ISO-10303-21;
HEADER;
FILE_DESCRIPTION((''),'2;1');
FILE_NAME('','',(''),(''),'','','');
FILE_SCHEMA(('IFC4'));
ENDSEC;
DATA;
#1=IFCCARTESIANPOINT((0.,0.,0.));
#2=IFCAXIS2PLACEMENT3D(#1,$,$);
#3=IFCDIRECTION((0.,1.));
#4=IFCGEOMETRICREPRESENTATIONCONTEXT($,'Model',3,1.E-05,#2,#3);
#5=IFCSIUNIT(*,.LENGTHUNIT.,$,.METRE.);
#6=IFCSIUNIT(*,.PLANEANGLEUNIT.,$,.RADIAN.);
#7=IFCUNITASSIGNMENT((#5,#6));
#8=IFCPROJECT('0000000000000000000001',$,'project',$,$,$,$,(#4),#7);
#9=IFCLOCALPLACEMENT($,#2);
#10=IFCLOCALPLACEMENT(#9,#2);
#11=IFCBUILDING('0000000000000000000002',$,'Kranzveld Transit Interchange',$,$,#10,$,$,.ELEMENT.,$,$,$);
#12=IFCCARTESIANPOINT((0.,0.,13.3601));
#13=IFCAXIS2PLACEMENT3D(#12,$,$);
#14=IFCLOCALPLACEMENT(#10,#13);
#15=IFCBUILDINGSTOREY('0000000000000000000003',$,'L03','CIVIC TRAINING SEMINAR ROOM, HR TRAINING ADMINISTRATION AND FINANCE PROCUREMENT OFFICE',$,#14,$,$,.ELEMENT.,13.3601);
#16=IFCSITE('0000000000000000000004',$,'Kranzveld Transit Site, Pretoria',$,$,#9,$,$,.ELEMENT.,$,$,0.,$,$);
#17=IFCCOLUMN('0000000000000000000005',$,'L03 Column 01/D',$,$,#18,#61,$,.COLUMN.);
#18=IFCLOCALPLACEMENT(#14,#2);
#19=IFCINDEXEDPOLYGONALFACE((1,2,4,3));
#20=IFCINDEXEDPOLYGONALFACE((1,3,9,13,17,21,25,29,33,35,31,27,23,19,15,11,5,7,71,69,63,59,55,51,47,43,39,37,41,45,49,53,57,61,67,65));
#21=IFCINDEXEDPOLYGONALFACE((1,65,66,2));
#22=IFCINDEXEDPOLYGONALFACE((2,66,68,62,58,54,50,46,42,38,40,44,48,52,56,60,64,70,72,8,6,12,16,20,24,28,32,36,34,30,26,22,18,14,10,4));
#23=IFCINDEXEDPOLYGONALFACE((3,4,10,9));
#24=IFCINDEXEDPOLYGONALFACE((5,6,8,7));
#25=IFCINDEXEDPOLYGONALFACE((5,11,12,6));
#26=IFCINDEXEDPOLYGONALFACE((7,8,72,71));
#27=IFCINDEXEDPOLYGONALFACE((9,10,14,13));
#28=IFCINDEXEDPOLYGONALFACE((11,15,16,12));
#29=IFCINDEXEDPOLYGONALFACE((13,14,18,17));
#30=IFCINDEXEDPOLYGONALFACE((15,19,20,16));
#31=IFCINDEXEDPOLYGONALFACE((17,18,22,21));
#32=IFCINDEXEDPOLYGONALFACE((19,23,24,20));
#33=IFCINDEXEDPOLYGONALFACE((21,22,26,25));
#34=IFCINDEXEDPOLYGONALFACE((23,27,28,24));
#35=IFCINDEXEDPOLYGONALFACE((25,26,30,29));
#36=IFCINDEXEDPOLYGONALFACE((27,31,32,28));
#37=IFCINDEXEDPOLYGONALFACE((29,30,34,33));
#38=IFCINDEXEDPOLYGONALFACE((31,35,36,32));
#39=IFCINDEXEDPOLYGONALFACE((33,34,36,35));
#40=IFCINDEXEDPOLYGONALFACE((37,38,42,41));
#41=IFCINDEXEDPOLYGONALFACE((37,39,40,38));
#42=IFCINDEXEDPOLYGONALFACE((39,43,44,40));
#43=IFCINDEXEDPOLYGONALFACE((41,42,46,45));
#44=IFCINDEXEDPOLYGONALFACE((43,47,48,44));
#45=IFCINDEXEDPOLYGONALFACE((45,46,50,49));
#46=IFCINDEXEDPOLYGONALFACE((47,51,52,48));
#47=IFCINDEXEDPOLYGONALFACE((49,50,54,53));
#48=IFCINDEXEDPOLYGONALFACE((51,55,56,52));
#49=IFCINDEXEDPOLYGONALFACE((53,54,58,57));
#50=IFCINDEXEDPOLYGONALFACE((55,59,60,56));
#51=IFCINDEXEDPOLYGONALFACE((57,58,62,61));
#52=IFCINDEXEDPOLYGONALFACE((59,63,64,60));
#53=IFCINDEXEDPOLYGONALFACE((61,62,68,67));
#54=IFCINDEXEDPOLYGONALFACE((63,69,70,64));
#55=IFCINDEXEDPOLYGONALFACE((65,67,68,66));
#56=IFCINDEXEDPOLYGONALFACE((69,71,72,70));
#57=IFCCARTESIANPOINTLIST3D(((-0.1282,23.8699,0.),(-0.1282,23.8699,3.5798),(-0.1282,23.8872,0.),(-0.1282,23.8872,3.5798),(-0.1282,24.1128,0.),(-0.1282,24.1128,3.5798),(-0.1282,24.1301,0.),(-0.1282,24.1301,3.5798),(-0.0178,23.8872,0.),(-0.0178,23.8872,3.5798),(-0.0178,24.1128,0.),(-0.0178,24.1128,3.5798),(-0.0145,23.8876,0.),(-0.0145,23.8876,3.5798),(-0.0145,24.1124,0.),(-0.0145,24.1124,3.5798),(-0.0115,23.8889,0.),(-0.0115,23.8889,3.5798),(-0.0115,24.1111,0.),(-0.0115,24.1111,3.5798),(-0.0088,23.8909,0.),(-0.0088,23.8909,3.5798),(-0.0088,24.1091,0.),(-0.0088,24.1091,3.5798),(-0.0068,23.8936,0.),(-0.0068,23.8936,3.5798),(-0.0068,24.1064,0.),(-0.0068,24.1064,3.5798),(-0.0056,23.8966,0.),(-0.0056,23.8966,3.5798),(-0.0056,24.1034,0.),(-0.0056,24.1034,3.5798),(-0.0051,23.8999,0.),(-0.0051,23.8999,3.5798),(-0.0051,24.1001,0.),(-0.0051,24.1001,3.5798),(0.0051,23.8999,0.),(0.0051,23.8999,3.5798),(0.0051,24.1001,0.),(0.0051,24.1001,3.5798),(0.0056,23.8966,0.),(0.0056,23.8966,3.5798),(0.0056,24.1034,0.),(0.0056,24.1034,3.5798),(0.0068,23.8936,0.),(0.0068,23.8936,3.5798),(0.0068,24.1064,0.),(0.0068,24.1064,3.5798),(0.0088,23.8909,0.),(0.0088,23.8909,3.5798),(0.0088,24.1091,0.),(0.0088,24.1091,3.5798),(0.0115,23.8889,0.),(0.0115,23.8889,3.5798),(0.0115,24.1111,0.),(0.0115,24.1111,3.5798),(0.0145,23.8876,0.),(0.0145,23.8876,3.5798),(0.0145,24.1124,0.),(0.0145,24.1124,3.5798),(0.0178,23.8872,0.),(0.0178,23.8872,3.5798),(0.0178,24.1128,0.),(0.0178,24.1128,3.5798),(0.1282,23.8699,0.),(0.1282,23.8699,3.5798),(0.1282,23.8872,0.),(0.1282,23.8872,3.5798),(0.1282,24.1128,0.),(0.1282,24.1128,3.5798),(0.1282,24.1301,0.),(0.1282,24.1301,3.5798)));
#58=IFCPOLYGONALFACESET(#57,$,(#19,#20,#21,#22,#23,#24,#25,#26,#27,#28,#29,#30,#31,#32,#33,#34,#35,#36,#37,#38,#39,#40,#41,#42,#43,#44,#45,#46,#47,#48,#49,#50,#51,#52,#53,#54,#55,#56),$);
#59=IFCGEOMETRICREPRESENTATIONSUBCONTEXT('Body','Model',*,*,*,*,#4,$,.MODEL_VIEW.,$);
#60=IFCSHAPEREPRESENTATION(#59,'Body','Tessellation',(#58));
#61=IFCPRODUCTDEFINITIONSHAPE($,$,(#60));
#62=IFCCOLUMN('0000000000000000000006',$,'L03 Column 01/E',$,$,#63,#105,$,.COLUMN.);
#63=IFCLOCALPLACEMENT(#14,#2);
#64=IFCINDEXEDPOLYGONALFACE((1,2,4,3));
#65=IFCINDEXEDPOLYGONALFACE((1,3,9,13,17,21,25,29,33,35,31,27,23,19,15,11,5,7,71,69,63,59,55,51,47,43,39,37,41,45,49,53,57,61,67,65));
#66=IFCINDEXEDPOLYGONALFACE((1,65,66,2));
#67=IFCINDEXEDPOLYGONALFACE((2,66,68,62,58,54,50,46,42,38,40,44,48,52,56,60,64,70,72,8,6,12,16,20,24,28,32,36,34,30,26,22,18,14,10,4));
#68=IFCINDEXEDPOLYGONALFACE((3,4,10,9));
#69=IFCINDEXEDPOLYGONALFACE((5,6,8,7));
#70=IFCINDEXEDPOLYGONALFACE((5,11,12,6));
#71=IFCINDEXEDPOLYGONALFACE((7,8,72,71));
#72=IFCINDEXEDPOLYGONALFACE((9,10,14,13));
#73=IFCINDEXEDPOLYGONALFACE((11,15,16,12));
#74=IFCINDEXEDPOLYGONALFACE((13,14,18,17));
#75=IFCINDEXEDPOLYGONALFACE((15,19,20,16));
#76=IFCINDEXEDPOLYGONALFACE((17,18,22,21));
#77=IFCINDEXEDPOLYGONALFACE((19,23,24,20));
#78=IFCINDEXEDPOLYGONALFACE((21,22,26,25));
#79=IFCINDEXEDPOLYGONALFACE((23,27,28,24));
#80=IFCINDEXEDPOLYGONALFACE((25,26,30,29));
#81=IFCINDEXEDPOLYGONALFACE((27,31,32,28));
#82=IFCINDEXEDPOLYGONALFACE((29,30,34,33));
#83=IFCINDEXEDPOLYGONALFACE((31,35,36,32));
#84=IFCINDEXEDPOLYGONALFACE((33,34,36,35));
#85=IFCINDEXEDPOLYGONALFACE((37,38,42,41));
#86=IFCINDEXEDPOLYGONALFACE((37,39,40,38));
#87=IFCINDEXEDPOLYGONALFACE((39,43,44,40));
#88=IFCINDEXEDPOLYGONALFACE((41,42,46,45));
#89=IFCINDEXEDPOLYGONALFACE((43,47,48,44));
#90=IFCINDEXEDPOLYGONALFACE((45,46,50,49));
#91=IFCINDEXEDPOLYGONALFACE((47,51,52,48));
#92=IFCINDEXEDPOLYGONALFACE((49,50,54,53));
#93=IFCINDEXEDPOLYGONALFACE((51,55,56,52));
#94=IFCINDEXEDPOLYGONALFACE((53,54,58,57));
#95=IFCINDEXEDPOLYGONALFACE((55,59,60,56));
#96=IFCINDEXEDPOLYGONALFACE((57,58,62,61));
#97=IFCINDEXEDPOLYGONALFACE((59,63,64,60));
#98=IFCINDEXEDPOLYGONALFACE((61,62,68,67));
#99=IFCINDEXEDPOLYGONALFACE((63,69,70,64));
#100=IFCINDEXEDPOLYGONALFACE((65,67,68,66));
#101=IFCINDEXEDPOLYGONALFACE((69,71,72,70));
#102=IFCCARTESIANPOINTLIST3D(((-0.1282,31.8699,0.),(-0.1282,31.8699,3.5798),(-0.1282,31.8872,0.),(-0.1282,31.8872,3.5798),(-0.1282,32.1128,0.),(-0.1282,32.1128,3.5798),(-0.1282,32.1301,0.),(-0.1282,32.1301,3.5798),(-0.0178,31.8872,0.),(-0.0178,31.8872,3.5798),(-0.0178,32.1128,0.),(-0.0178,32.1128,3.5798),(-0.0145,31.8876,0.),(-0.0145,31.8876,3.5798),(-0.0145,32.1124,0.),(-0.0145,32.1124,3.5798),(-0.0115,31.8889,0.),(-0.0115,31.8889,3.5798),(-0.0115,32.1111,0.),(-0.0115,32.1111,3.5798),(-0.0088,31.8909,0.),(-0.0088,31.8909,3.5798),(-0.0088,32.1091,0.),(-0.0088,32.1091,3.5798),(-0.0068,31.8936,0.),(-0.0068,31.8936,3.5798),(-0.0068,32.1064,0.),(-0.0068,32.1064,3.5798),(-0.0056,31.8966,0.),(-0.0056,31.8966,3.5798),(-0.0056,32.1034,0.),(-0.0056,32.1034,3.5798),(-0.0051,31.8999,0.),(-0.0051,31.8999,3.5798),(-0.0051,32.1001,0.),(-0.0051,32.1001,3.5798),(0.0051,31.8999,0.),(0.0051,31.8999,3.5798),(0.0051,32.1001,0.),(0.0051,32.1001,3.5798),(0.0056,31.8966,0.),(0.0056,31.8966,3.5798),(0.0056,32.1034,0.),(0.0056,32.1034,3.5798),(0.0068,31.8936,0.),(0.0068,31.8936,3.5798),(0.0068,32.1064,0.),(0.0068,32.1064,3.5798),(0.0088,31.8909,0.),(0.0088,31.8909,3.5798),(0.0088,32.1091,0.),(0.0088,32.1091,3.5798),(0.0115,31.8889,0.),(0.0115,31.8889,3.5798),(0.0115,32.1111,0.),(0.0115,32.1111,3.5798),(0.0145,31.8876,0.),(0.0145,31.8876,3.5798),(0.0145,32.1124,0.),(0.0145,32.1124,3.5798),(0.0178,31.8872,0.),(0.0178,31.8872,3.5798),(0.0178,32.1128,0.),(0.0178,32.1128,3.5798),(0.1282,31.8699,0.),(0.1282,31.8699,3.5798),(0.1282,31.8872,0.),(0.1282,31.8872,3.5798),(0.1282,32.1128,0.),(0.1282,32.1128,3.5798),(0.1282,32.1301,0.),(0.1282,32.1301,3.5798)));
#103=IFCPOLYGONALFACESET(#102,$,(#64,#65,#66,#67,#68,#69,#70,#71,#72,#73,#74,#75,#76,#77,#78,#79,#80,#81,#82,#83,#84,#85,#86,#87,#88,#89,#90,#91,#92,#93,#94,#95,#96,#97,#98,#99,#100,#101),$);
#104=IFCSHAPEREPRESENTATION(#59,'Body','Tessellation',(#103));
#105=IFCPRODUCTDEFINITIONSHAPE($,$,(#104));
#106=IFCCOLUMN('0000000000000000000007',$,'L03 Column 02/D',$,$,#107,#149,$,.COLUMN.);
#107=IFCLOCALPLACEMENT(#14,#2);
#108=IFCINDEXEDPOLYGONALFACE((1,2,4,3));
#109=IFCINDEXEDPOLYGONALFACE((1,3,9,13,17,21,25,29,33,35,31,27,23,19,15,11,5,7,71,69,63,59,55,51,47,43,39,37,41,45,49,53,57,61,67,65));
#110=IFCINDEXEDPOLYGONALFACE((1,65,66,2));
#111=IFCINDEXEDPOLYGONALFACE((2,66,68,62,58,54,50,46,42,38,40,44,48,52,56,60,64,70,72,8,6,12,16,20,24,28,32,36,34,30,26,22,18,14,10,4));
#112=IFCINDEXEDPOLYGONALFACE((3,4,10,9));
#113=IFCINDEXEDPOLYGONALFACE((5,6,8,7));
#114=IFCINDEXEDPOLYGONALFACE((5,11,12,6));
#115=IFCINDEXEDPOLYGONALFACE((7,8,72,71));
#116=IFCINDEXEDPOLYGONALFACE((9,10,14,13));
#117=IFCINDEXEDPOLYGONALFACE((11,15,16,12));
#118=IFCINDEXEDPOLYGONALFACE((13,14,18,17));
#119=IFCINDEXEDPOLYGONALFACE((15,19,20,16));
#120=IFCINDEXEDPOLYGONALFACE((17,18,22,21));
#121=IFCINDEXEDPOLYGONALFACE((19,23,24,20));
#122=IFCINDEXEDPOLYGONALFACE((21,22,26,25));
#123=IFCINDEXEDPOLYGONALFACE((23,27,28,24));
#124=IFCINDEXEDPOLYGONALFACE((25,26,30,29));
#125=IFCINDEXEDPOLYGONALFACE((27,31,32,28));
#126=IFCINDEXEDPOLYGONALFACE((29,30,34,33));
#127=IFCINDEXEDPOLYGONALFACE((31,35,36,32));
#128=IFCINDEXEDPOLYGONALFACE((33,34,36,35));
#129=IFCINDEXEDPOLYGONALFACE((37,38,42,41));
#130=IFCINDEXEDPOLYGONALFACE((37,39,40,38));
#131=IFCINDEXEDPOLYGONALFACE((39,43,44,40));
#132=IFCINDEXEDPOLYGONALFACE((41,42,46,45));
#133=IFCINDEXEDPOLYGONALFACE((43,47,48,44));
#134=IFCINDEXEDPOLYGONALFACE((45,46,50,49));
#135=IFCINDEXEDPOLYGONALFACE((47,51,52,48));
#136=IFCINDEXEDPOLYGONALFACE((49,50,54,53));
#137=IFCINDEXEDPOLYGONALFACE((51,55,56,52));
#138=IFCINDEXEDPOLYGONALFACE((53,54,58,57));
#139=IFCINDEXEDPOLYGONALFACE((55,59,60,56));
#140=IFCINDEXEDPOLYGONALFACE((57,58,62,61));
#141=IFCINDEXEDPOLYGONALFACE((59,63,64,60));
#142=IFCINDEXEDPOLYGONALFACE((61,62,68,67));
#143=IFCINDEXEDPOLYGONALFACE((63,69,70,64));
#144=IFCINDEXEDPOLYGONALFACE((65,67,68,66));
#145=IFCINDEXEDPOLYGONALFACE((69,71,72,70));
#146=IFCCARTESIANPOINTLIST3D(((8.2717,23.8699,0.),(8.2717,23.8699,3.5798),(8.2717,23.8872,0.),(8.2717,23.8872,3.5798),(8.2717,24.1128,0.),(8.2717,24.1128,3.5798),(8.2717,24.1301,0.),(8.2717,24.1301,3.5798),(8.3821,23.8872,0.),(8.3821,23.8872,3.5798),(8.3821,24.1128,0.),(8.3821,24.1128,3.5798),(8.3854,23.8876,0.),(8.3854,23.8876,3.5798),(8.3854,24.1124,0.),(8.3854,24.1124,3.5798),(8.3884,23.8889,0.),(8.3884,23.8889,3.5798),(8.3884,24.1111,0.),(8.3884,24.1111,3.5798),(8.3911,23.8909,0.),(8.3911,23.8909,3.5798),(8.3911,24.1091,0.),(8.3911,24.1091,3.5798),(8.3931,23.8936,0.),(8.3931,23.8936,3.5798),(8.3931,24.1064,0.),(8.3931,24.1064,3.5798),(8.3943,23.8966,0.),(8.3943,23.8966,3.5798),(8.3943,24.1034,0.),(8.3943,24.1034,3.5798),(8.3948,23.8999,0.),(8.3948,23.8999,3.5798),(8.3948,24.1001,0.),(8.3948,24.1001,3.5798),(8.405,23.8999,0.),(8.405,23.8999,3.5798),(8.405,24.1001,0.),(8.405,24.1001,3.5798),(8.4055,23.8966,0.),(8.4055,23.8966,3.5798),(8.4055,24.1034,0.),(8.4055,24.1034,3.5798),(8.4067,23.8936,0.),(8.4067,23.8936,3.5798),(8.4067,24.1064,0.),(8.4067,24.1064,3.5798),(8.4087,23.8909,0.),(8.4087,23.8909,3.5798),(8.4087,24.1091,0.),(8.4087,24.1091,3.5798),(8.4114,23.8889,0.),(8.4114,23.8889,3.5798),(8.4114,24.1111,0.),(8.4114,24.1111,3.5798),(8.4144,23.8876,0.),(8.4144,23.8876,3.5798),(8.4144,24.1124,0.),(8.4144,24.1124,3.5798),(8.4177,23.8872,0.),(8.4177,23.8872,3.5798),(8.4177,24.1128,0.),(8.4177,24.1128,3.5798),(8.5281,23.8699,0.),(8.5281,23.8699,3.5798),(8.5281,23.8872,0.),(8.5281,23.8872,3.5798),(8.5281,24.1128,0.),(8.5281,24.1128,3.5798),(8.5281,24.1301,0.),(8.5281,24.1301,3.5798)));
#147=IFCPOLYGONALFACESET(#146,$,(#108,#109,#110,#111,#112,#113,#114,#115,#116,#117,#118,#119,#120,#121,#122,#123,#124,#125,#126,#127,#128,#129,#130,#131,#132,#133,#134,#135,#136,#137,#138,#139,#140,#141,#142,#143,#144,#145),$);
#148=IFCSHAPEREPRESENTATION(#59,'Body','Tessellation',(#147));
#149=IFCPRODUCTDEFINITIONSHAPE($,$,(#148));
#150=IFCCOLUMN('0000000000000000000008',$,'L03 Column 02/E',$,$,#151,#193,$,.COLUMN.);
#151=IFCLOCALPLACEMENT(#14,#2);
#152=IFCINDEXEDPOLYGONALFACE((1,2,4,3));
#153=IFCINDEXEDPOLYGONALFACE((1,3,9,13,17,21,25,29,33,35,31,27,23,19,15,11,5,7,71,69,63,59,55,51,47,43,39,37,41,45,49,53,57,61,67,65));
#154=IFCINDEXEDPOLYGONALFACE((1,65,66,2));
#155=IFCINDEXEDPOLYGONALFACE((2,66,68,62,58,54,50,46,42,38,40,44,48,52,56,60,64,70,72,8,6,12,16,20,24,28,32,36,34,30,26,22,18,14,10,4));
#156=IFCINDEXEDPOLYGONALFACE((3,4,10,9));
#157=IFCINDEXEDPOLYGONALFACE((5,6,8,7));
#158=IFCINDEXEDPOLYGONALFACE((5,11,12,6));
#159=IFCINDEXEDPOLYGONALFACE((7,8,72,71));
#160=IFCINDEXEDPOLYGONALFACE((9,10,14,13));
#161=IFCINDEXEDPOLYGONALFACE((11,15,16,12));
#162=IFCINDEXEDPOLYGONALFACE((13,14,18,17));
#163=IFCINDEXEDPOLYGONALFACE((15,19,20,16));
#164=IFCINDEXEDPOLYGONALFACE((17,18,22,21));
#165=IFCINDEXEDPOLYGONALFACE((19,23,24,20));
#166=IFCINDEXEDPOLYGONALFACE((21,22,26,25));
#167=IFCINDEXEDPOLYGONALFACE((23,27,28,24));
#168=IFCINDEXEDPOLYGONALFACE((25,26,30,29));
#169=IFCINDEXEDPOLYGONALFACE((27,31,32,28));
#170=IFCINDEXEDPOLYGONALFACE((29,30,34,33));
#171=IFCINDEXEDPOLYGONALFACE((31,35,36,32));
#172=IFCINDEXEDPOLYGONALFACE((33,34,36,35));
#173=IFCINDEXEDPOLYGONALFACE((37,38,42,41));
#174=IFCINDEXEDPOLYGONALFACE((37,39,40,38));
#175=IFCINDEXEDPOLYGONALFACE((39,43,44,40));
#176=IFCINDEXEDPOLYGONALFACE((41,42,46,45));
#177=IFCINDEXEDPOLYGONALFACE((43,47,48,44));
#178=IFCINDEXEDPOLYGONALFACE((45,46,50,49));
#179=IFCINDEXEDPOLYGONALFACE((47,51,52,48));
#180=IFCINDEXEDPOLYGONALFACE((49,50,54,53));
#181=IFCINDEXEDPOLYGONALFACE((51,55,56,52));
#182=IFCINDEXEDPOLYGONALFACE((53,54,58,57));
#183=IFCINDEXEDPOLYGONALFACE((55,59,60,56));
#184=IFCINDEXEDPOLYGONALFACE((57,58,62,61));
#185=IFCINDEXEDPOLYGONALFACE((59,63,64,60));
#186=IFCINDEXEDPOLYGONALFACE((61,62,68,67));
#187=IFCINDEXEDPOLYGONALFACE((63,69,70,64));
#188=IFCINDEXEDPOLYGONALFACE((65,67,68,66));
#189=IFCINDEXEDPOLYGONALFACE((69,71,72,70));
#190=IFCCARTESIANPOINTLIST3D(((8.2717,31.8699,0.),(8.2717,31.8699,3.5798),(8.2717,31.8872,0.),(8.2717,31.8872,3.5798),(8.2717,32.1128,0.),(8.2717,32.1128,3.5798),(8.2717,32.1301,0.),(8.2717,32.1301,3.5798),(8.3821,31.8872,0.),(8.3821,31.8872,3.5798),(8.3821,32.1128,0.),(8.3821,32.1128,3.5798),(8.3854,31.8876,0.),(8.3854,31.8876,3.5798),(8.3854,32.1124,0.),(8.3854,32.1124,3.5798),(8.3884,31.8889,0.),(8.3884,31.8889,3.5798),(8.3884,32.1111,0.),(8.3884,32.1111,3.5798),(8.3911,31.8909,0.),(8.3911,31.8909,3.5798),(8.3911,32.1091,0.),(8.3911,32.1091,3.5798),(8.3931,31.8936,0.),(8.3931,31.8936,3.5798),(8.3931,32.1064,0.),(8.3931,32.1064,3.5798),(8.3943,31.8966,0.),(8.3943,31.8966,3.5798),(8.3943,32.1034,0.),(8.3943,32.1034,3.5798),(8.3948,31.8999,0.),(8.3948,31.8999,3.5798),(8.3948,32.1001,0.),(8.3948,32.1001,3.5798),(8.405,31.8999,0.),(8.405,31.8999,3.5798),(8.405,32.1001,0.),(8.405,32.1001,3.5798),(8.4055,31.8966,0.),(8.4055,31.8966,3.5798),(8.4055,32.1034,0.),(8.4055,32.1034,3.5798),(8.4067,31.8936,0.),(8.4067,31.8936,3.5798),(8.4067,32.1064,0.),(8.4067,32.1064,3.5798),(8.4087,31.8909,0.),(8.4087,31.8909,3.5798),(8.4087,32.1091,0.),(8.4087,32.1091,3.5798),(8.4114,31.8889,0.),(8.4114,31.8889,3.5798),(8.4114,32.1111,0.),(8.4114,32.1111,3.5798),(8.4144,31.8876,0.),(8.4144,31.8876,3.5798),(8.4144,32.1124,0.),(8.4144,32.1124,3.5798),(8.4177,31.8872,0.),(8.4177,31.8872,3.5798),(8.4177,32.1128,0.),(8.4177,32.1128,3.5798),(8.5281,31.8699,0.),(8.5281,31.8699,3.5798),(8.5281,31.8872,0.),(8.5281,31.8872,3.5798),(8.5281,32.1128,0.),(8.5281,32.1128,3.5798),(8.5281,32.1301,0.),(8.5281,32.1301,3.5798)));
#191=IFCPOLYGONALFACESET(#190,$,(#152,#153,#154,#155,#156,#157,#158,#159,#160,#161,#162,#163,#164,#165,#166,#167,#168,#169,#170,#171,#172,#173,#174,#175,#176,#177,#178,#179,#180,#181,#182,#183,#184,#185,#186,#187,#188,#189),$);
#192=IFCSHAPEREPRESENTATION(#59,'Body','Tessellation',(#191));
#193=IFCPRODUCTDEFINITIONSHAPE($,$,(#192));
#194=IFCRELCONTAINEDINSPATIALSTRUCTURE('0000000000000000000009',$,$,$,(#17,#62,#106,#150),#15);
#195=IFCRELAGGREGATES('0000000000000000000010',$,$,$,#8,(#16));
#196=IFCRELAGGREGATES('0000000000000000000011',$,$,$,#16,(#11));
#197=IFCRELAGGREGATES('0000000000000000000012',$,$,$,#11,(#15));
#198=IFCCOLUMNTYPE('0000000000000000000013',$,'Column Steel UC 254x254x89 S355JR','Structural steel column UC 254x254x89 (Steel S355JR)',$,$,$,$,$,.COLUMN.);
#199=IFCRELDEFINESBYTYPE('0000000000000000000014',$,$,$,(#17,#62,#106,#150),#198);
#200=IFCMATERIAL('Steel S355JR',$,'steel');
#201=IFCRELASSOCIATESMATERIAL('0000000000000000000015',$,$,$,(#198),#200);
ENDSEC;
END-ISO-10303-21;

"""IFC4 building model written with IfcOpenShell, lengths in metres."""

from ifc_helpers import new_model, si_unit, direction, frame, origin, origin_2d, place, context, subcontext, project, spatial, i_section, extrude, material, material_profile, profile_set, type_object, element, save


model = new_model("IFC4")

# Units and contexts
model_context = context("Model", 3, precision=1e-05, world=origin(), true_north=direction((0.0, 1.0)))
body_context = subcontext(model_context, "Body", "Model", "MODEL_VIEW")
ifc_project = project(units=[si_unit("LENGTHUNIT", "METRE"), si_unit("PLANEANGLEUNIT", "RADIAN")], contexts=[model_context])

# Site, building, storey
site_placement = place(None, origin())
site = spatial("IfcSite", under=ifc_project, at=site_placement, Name="Kranzveld Transit Site, Pretoria", CompositionType="ELEMENT", RefElevation=0.0)
building_placement = place(site_placement, origin())
building = spatial("IfcBuilding", under=site, at=building_placement, Name="Kranzveld Transit Interchange", CompositionType="ELEMENT")
storey_placement = place(building_placement, frame((0.0, 0.0, 13.3601)))
storey = spatial("IfcBuildingStorey", under=building, at=storey_placement, Name="L03", Description="CIVIC TRAINING SEMINAR ROOM, HR TRAINING ADMINISTRATION AND FINANCE PROCUREMENT OFFICE", CompositionType="ELEMENT", Elevation=13.3601)

# Columns
ifc_material_1 = material(Name="Steel S355JR", Category="steel")
ifc_material_profile_1 = material_profile(ifc_material_1, i_section(OverallWidth=0.2563, OverallDepth=0.2603, WebThickness=0.0103, FlangeThickness=0.0173, FilletRadius=0.0127, at=origin_2d()), Name="UC 254x254x89")
ifc_profile_set_1 = profile_set([ifc_material_profile_1], Name="Steel S355JR")
column_type = type_object("IfcColumnType", Name="Column Steel UC 254x254x89 S355JR", Description="Structural steel column UC 254x254x89 (Steel S355JR)", PredefinedType="COLUMN", material=ifc_profile_set_1)
for number, where, z_axis, x_axis, name in (
    (1, (0.0, 24.0, 0.0), (0.0, 0.0, 1.0), (1.0, 0.0, 0.0), "L03 Column 01/D"),
    (2, (0.0, 32.0, 0.0), (0.0, 0.0, 1.0), (1.0, 0.0, 0.0), "L03 Column 01/E"),
    (3, (8.3999, 24.0, 0.0), (0.0, 0.0, 1.0), (1.0, 0.0, 0.0), "L03 Column 02/D"),
    (4, (8.3999, 32.0, 0.0), (0.0, 0.0, 1.0), (1.0, 0.0, 0.0), "L03 Column 02/E"),
):
    element("IfcColumn", number, at=place(storey_placement, frame(where, z_axis=z_axis, x_axis=x_axis)), inside=storey, type_object=column_type, Name=name, PredefinedType="COLUMN", context=body_context, shape_type="SweptSolid", body=[
        extrude(i_section(OverallWidth=0.2563, OverallDepth=0.2603, WebThickness=0.0103, FlangeThickness=0.0173, FilletRadius=0.0127, at=origin_2d()), origin(), (0.0, 0.0, 1.0), 3.5798),
    ])

save(model, "model.ifc")
